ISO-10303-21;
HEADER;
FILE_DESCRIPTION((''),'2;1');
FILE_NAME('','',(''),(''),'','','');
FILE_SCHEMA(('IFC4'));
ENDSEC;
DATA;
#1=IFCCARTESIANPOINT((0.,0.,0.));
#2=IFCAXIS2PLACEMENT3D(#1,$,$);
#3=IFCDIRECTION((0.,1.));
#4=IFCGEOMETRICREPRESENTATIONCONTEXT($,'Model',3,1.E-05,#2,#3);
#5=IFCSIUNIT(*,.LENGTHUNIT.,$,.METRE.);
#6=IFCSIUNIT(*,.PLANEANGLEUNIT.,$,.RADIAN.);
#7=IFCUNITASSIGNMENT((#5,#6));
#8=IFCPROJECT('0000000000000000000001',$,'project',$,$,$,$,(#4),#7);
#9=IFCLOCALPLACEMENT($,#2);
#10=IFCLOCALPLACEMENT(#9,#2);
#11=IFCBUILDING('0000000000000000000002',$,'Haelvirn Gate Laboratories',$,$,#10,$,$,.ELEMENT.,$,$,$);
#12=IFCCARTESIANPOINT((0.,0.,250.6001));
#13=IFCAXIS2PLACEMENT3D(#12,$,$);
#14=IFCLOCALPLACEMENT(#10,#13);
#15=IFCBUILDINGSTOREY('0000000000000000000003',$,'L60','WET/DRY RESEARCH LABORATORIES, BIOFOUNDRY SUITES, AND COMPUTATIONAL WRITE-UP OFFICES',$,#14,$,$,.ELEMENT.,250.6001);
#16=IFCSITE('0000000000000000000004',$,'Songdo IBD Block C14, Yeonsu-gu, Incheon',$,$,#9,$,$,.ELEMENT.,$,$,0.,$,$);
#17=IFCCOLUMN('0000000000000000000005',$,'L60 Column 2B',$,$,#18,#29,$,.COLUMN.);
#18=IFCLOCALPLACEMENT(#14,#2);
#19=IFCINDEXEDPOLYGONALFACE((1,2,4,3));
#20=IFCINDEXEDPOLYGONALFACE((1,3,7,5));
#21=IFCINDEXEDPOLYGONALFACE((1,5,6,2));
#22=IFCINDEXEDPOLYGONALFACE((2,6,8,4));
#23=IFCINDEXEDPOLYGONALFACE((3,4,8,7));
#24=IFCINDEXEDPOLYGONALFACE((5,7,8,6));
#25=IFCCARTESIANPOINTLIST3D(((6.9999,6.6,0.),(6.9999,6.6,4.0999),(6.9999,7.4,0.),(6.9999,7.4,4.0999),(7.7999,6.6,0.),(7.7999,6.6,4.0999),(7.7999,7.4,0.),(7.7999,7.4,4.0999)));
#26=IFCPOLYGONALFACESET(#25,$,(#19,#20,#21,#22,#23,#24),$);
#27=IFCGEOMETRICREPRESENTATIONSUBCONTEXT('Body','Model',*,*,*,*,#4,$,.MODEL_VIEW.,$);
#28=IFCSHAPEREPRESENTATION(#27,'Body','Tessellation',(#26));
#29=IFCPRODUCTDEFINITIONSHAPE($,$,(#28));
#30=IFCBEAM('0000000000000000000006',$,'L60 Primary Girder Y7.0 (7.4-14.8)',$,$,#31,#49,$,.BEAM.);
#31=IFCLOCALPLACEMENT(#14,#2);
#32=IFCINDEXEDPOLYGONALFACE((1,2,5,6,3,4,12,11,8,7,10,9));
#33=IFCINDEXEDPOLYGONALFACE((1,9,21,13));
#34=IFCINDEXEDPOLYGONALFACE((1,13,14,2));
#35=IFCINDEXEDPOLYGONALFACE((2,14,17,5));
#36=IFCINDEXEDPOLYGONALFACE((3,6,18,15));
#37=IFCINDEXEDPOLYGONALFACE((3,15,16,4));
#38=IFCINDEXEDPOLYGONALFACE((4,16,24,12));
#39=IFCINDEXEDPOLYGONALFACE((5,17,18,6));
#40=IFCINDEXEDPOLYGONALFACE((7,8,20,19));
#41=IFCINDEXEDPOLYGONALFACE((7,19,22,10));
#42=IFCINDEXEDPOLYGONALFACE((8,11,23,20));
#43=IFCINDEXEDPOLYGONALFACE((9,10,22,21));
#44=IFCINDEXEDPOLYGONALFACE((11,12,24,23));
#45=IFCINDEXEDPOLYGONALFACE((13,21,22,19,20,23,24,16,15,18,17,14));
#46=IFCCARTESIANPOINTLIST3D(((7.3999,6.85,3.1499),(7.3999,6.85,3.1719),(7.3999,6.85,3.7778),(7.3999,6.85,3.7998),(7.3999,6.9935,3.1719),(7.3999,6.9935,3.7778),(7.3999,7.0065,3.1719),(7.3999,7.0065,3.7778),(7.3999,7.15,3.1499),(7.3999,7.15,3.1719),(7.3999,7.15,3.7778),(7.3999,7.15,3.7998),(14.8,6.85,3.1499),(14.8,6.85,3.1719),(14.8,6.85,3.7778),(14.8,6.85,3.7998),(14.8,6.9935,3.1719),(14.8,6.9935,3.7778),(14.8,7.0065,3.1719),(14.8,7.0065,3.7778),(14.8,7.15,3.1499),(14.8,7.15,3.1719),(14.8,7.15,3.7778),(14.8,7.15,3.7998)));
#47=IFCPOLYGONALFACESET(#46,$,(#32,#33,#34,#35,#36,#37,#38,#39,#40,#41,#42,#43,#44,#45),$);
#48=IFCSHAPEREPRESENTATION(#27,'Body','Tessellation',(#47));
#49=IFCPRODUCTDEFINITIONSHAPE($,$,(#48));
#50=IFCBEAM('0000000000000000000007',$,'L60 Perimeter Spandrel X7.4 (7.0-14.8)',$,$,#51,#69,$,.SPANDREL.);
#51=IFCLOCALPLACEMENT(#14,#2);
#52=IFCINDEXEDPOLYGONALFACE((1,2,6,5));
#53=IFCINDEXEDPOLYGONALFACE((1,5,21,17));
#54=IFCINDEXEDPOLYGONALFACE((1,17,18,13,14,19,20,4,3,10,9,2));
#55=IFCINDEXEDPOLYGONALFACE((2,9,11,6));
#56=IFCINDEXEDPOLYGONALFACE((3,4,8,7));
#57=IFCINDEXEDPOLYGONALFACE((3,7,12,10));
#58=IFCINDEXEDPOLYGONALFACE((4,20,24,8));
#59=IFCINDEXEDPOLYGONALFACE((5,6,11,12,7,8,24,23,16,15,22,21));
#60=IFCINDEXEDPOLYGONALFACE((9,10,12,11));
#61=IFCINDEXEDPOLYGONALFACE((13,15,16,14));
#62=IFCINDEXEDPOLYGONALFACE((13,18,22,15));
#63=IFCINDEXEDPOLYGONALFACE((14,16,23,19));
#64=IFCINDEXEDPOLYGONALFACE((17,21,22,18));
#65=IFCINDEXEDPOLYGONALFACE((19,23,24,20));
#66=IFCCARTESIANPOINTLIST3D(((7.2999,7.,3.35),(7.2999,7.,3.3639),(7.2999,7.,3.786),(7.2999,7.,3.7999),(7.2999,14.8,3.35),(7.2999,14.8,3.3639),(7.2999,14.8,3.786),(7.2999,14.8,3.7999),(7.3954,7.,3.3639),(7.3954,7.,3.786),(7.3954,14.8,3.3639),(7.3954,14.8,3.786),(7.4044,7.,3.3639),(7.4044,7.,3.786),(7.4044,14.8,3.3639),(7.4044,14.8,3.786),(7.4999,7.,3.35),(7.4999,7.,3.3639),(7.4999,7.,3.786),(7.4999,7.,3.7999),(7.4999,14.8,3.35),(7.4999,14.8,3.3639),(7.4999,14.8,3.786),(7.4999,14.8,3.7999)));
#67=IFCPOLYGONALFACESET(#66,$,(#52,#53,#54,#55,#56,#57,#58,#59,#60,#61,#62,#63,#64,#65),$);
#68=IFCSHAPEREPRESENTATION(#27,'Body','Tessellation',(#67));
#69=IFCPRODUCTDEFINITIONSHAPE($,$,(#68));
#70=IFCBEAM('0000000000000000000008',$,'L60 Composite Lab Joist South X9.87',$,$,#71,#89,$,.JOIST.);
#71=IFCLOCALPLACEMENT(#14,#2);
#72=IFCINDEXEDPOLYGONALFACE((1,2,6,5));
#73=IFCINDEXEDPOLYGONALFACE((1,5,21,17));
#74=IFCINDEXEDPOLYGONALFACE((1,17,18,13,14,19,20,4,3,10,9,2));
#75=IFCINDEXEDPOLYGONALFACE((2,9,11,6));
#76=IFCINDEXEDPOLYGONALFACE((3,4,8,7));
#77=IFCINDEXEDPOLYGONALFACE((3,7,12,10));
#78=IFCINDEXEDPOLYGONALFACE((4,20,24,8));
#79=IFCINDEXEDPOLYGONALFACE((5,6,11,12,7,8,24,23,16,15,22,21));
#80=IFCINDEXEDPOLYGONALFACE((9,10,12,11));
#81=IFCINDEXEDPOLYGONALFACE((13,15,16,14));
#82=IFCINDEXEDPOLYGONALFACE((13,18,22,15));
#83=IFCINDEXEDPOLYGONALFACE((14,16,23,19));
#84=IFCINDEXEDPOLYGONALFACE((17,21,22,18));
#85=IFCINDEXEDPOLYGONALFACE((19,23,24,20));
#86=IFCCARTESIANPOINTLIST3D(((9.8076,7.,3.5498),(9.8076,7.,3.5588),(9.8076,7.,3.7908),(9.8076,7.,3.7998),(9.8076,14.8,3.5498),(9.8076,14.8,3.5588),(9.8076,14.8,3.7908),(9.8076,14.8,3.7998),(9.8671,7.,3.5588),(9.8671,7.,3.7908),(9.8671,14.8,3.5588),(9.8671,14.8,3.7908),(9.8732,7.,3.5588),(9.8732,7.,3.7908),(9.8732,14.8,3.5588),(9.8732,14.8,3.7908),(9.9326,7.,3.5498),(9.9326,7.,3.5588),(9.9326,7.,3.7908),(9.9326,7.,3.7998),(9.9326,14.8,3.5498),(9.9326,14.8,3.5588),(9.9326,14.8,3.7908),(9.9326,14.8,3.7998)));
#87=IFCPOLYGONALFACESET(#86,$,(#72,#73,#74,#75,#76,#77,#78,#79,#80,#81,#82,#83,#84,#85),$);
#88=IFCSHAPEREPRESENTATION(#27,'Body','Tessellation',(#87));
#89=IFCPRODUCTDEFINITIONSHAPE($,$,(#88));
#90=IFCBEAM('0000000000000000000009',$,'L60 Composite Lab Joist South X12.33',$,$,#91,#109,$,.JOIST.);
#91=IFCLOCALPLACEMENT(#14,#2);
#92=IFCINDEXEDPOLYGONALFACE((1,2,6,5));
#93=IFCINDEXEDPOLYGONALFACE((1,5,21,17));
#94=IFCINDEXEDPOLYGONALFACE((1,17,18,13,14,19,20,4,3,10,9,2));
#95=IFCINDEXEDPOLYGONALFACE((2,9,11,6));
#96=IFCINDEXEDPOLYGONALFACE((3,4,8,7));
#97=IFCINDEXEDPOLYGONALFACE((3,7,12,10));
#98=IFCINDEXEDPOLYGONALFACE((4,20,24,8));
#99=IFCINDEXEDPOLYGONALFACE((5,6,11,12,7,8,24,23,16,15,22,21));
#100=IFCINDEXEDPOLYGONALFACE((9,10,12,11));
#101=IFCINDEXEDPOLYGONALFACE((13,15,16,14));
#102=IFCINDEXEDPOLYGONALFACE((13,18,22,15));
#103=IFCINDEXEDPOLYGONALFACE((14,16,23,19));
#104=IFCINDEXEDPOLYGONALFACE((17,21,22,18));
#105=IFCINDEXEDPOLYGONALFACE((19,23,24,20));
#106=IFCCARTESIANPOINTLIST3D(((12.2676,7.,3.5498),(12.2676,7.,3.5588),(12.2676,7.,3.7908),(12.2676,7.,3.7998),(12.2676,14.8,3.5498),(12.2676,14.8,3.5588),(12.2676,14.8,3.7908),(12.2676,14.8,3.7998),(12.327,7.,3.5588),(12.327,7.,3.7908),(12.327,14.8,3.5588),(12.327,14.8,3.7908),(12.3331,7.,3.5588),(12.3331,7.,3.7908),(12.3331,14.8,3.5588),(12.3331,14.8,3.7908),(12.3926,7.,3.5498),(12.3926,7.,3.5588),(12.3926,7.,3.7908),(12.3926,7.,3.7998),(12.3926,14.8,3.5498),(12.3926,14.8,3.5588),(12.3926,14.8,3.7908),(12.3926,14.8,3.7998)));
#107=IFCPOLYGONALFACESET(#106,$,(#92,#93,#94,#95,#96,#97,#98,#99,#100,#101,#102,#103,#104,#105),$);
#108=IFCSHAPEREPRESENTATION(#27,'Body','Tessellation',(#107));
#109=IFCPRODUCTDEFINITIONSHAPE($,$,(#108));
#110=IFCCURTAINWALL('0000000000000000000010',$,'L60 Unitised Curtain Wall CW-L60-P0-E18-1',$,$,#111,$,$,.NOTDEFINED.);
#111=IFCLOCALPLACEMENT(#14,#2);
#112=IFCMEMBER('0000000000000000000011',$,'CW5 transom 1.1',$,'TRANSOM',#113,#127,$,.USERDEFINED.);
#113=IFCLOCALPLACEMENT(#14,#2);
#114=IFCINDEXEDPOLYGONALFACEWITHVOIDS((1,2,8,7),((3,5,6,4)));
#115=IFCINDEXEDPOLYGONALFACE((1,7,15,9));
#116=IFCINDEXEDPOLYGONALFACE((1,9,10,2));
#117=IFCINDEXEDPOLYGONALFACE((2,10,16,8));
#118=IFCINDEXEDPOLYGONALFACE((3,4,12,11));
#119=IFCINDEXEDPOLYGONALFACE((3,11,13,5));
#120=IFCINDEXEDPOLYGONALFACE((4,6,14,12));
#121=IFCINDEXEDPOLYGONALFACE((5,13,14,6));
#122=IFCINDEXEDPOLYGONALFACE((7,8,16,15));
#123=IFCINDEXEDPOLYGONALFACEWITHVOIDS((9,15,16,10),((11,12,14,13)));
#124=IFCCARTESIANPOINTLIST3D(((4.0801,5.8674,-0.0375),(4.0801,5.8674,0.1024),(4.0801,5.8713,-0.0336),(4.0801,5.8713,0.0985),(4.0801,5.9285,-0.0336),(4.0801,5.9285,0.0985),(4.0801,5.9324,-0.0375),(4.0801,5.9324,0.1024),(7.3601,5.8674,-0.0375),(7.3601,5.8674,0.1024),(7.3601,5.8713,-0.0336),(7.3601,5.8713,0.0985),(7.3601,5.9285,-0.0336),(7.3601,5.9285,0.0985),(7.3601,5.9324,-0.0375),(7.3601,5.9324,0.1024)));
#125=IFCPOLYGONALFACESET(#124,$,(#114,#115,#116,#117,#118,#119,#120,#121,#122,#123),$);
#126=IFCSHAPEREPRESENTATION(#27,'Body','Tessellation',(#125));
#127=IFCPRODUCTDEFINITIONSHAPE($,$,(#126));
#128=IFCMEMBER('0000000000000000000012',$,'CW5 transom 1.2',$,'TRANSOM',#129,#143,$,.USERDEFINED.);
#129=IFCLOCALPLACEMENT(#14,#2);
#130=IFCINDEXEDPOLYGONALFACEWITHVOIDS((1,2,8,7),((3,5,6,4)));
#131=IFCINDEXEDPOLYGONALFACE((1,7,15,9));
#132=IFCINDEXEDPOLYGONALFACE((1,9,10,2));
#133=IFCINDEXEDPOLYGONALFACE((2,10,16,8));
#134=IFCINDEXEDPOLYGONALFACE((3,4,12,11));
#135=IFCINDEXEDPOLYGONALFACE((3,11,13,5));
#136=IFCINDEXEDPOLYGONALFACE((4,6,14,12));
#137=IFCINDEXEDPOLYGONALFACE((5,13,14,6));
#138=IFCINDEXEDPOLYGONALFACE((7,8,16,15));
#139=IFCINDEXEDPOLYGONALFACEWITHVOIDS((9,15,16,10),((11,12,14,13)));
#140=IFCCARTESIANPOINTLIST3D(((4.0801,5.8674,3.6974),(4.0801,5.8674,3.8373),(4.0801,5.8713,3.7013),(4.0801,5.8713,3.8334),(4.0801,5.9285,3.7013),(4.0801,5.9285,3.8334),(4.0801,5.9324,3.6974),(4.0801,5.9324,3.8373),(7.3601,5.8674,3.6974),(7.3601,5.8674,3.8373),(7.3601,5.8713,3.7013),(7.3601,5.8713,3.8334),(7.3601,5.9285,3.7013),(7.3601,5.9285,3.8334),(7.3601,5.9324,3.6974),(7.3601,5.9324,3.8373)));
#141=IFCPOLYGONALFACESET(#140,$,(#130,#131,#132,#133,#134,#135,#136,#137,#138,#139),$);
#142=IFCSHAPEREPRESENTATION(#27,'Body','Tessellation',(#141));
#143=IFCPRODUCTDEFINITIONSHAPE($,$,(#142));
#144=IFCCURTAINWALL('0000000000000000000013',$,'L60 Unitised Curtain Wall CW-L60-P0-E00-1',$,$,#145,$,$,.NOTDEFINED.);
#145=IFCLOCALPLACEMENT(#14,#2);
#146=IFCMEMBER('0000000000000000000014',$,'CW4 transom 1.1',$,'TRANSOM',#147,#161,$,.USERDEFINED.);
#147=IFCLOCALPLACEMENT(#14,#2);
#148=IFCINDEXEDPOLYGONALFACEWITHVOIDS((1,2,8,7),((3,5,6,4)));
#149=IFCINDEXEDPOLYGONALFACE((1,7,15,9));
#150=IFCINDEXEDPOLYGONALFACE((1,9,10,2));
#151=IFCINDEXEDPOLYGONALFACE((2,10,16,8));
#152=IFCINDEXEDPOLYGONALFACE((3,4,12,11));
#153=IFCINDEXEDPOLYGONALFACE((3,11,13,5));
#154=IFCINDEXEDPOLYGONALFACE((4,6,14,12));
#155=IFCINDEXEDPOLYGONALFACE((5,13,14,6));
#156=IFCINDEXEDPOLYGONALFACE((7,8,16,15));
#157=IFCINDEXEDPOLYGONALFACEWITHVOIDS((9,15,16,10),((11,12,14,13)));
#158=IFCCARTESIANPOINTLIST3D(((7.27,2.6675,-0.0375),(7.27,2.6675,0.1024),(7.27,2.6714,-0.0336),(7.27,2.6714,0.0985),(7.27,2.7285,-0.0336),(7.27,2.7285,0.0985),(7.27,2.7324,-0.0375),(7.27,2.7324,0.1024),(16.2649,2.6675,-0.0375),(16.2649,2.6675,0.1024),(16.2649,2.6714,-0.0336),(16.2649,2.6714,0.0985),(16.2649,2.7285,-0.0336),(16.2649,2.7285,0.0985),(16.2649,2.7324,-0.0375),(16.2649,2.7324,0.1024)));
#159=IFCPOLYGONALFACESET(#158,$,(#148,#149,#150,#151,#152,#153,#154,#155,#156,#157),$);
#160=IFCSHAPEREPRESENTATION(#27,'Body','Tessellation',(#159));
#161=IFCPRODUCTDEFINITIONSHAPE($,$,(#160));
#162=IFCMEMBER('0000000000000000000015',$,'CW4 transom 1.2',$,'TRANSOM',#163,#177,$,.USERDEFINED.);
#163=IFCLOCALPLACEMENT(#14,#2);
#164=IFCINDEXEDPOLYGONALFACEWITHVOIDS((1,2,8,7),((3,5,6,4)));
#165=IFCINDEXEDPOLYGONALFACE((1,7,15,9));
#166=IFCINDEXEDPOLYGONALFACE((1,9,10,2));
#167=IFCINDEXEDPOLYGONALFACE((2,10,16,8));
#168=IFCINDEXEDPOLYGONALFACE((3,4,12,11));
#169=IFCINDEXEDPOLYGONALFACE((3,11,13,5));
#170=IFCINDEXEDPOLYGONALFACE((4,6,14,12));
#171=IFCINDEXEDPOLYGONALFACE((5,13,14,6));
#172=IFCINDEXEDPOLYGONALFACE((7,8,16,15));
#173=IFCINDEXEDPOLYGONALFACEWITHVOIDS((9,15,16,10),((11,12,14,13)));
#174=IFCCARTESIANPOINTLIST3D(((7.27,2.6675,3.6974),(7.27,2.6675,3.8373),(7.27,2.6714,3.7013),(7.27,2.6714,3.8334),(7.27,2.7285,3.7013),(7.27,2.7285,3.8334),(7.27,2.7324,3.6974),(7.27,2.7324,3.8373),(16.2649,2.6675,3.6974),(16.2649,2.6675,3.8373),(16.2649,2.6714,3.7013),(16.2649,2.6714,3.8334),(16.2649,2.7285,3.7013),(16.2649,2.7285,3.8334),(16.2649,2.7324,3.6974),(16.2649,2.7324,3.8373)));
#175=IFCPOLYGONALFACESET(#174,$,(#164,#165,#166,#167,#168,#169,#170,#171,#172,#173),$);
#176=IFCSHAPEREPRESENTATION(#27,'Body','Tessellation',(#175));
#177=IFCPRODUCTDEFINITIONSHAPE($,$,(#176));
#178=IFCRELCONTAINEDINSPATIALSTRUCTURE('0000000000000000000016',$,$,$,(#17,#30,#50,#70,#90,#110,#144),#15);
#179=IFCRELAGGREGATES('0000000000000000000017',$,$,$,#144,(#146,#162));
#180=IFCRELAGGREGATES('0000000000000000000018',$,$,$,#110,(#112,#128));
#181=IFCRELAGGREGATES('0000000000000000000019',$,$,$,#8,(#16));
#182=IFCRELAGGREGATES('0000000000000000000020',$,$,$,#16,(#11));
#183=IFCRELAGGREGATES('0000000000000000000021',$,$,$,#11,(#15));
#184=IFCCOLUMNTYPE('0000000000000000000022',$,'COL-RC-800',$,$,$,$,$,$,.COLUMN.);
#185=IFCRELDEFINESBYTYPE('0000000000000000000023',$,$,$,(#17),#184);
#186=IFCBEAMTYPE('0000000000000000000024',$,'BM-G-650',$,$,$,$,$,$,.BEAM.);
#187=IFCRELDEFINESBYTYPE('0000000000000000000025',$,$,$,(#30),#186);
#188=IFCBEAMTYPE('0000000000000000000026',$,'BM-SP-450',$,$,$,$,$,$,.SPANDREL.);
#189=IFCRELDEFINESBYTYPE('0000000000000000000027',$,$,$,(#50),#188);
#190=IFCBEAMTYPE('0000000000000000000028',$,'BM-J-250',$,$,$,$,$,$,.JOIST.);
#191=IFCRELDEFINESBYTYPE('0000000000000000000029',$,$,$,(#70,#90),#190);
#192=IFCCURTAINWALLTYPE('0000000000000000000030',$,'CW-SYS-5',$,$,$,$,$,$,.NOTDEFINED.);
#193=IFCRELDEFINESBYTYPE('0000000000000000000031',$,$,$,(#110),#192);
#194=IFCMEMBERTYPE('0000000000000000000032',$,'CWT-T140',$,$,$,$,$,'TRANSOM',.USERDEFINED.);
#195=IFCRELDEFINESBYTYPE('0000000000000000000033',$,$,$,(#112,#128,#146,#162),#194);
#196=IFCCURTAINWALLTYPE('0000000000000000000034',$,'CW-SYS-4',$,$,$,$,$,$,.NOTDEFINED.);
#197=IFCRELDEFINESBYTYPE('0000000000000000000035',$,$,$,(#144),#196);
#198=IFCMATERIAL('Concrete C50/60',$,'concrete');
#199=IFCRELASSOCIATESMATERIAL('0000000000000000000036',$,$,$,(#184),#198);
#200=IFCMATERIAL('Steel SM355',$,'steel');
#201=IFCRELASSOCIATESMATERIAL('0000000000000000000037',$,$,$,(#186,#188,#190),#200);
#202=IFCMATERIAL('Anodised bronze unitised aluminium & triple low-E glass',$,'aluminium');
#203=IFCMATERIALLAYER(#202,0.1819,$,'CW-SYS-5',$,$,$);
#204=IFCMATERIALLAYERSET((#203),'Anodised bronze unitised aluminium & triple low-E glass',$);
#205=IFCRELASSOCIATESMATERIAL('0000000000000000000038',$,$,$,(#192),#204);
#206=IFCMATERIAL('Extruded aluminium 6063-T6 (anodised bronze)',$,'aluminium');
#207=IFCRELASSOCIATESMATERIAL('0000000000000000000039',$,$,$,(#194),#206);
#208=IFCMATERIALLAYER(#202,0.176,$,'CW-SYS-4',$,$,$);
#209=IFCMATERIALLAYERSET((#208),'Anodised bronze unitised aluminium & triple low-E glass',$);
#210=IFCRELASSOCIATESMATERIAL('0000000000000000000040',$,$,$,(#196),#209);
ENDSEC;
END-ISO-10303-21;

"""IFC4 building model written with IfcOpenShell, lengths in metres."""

from ifc_helpers import new_model, si_unit, direction, frame, origin, origin_2d, place, context, subcontext, project, spatial, rectangle, hollow_rectangle, i_section, extrude, source, transform, mapped, material, layer, layer_set, material_profile, profile_set, type_object, type_shapes, element, aggregate, save


model = new_model("IFC4")

# Units and contexts
model_context = context("Model", 3, precision=1e-05, world=origin(), true_north=direction((0.0, 1.0)))
body_context = subcontext(model_context, "Body", "Model", "MODEL_VIEW")
ifc_project = project(units=[si_unit("LENGTHUNIT", "METRE"), si_unit("PLANEANGLEUNIT", "RADIAN")], contexts=[model_context])

# Site, building, storey
site_placement = place(None, origin())
site = spatial("IfcSite", under=ifc_project, at=site_placement, Name="Songdo IBD Block C14, Yeonsu-gu, Incheon", CompositionType="ELEMENT", RefElevation=0.0)
building_placement = place(site_placement, origin())
building = spatial("IfcBuilding", under=site, at=building_placement, Name="Haelvirn Gate Laboratories", CompositionType="ELEMENT")
storey_placement = place(building_placement, frame((0.0, 0.0, 250.6001)))
storey = spatial("IfcBuildingStorey", under=building, at=storey_placement, Name="L60", Description="WET/DRY RESEARCH LABORATORIES, BIOFOUNDRY SUITES, AND COMPUTATIONAL WRITE-UP OFFICES", CompositionType="ELEMENT", Elevation=250.6001)

# Column
ifc_material_1 = material(Name="Concrete C50/60", Category="concrete")
ifc_material_profile_1 = material_profile(ifc_material_1, rectangle(XDim=0.8, YDim=0.8, at=origin_2d()), Name="RC-800x800")
ifc_profile_set_1 = profile_set([ifc_material_profile_1], Name="Concrete C50/60")
column_type = type_object("IfcColumnType", Name="COL-RC-800", PredefinedType="COLUMN", material=ifc_profile_set_1)
shared_shape_1 = source(origin(), body_context, "Body", "SweptSolid", [
    extrude(rectangle(XDim=0.8, YDim=0.8, at=origin_2d()), origin(), (0.0, 0.0, 1.0), 4.0999),
])
type_shapes(column_type, [shared_shape_1])
column_placement = place(storey_placement, frame((7.3999, 7.0, 0.0), z_axis=(0.0, 0.0, 1.0), x_axis=(1.0, 0.0, 0.0)))
element("IfcColumn", 1, at=column_placement, inside=storey, type_object=column_type, Name="L60 Column 2B", PredefinedType="COLUMN", context=body_context, shape_type="MappedRepresentation", body=[
    mapped(shared_shape_1, transform((0.0, 0.0, 0.0), scale=1.0)),
])

# Beams
ifc_material_2 = material(Name="Steel SM355", Category="steel")
ifc_material_profile_2 = material_profile(ifc_material_2, i_section(OverallWidth=0.3, OverallDepth=0.6499, WebThickness=0.0129, FlangeThickness=0.022, at=origin_2d()), Name="H-650x300x13x22")
ifc_profile_set_2 = profile_set([ifc_material_profile_2], Name="Steel SM355")
beam_type_1 = type_object("IfcBeamType", Name="BM-G-650", PredefinedType="BEAM", material=ifc_profile_set_2)
shared_shape_2 = source(origin(), body_context, "Body", "SweptSolid", [
    extrude(i_section(OverallWidth=0.3, OverallDepth=0.6499, WebThickness=0.0129, FlangeThickness=0.022, at=origin_2d()), origin(), (0.0, 0.0, 1.0), 7.4001),
])
type_shapes(beam_type_1, [shared_shape_2])
beam_1_placement = place(storey_placement, frame((7.3999, 7.0, 3.4749), z_axis=(1.0, 0.0, 0.0), x_axis=(0.0, 1.0, 0.0)))
element("IfcBeam", 2, at=beam_1_placement, inside=storey, type_object=beam_type_1, Name="L60 Primary Girder Y7.0 (7.4-14.8)", PredefinedType="BEAM", context=body_context, shape_type="MappedRepresentation", body=[
    mapped(shared_shape_2, transform((0.0, 0.0, 0.0), scale=1.0)),
])
ifc_material_profile_3 = material_profile(ifc_material_2, i_section(OverallWidth=0.2, OverallDepth=0.45, WebThickness=0.009, FlangeThickness=0.0139, at=origin_2d()), Name="H-450x200x9x14")
ifc_profile_set_3 = profile_set([ifc_material_profile_3], Name="Steel SM355")
beam_type_2 = type_object("IfcBeamType", Name="BM-SP-450", PredefinedType="SPANDREL", material=ifc_profile_set_3)
shared_shape_3 = source(origin(), body_context, "Body", "SweptSolid", [
    extrude(i_section(OverallWidth=0.2, OverallDepth=0.45, WebThickness=0.009, FlangeThickness=0.0139, at=origin_2d()), origin(), (0.0, 0.0, 1.0), 7.8),
])
type_shapes(beam_type_2, [shared_shape_3])
beam_2_placement = place(storey_placement, frame((7.3999, 7.0, 3.575), z_axis=(0.0, 1.0, 0.0), x_axis=(-1.0, 0.0, 0.0)))
element("IfcBeam", 3, at=beam_2_placement, inside=storey, type_object=beam_type_2, Name="L60 Perimeter Spandrel X7.4 (7.0-14.8)", PredefinedType="SPANDREL", context=body_context, shape_type="MappedRepresentation", body=[
    mapped(shared_shape_3, transform((0.0, 0.0, 0.0), scale=1.0)),
])
ifc_material_profile_4 = material_profile(ifc_material_2, i_section(OverallWidth=0.125, OverallDepth=0.25, WebThickness=0.0061, FlangeThickness=0.009, at=origin_2d()), Name="H-250x125x6x9")
ifc_profile_set_4 = profile_set([ifc_material_profile_4], Name="Steel SM355")
beam_type_3 = type_object("IfcBeamType", Name="BM-J-250", PredefinedType="JOIST", material=ifc_profile_set_4)
shared_shape_4 = source(origin(), body_context, "Body", "SweptSolid", [
    extrude(i_section(OverallWidth=0.125, OverallDepth=0.25, WebThickness=0.0061, FlangeThickness=0.009, at=origin_2d()), origin(), (0.0, 0.0, 1.0), 7.8),
])
type_shapes(beam_type_3, [shared_shape_4])
for number, where, z_axis, x_axis, name in (
    (4, (9.8701, 7.0, 3.6748), (0.0, 1.0, 0.0), (-1.0, 0.0, 0.0), "L60 Composite Lab Joist South X9.87"),
    (5, (12.3301, 7.0, 3.6748), (0.0, 1.0, 0.0), (-1.0, 0.0, 0.0), "L60 Composite Lab Joist South X12.33"),
):
    element("IfcBeam", number, at=place(storey_placement, frame(where, z_axis=z_axis, x_axis=x_axis)), inside=storey, type_object=beam_type_3, Name=name, PredefinedType="JOIST", context=body_context, shape_type="MappedRepresentation", body=[
        mapped(shared_shape_4, transform((0.0, 0.0, 0.0), scale=1.0)),
    ])

# Curtain walls, members
ifc_material_3 = material(Name="Anodised bronze unitised aluminium & triple low-E glass", Category="aluminium")
ifc_layer_1 = layer(ifc_material_3, 0.1819, Name="CW-SYS-5")
ifc_layer_set_1 = layer_set([ifc_layer_1], Name="Anodised bronze unitised aluminium & triple low-E glass")
curtain_wall_type_1 = type_object("IfcCurtainWallType", Name="CW-SYS-5", PredefinedType="NOTDEFINED", material=ifc_layer_set_1)
curtain_wall_1_placement = place(storey_placement, origin())
curtain_wall_1 = element("IfcCurtainWall", 6, at=curtain_wall_1_placement, inside=storey, type_object=curtain_wall_type_1, Name="L60 Unitised Curtain Wall CW-L60-P0-E18-1", PredefinedType="NOTDEFINED")
ifc_material_4 = material(Name="Extruded aluminium 6063-T6 (anodised bronze)", Category="aluminium")
ifc_material_profile_5 = material_profile(ifc_material_4, hollow_rectangle(XDim=0.0649, YDim=0.1399, WallThickness=0.0039, at=origin_2d()), Name="CWT-140x65x4")
ifc_profile_set_5 = profile_set([ifc_material_profile_5], Name="Extruded aluminium 6063-T6 (anodised bronze)")
member_type_1 = type_object("IfcMemberType", Name="CWT-T140", ElementType="TRANSOM", PredefinedType="USERDEFINED", material=ifc_profile_set_5)
shared_shape_5 = source(origin(), body_context, "Body", "SweptSolid", [
    extrude(hollow_rectangle(XDim=0.0649, YDim=0.1399, WallThickness=0.0039, at=origin_2d()), origin(), (0.0, 0.0, 1.0), 3.28),
])
member_1_placement = place(storey_placement, frame((4.0801, 5.8999, 0.0325), z_axis=(1.0, 0.0, 0.0), x_axis=(0.0, 1.0, 0.0)))
member_1 = element("IfcMember", 7, at=member_1_placement, type_object=member_type_1, Name="CW5 transom 1.1", ObjectType="TRANSOM", PredefinedType="USERDEFINED", context=body_context, shape_type="MappedRepresentation", body=[
    mapped(shared_shape_5, transform((0.0, 0.0, 0.0), scale=1.0)),
])
member_2_placement = place(storey_placement, frame((4.0801, 5.8999, 3.7673), z_axis=(1.0, 0.0, 0.0), x_axis=(0.0, 1.0, 0.0)))
member_2 = element("IfcMember", 8, at=member_2_placement, type_object=member_type_1, Name="CW5 transom 1.2", ObjectType="TRANSOM", PredefinedType="USERDEFINED", context=body_context, shape_type="MappedRepresentation", body=[
    mapped(shared_shape_5, transform((0.0, 0.0, 0.0), scale=1.0)),
])
ifc_layer_2 = layer(ifc_material_3, 0.176, Name="CW-SYS-4")
ifc_layer_set_2 = layer_set([ifc_layer_2], Name="Anodised bronze unitised aluminium & triple low-E glass")
curtain_wall_type_2 = type_object("IfcCurtainWallType", Name="CW-SYS-4", PredefinedType="NOTDEFINED", material=ifc_layer_set_2)
curtain_wall_2_placement = place(storey_placement, origin())
curtain_wall_2 = element("IfcCurtainWall", 9, at=curtain_wall_2_placement, inside=storey, type_object=curtain_wall_type_2, Name="L60 Unitised Curtain Wall CW-L60-P0-E00-1", PredefinedType="NOTDEFINED")
shared_shape_6 = source(origin(), body_context, "Body", "SweptSolid", [
    extrude(hollow_rectangle(XDim=0.0649, YDim=0.1399, WallThickness=0.0039, at=origin_2d()), origin(), (0.0, 0.0, 1.0), 8.9949),
])
type_shapes(member_type_1, [shared_shape_5, shared_shape_6])
member_3_placement = place(storey_placement, frame((7.27, 2.7, 0.0325), z_axis=(1.0, 0.0, 0.0), x_axis=(0.0, 1.0, 0.0)))
member_3 = element("IfcMember", 10, at=member_3_placement, type_object=member_type_1, Name="CW4 transom 1.1", ObjectType="TRANSOM", PredefinedType="USERDEFINED", context=body_context, shape_type="MappedRepresentation", body=[
    mapped(shared_shape_6, transform((0.0, 0.0, 0.0), scale=1.0)),
])
member_4_placement = place(storey_placement, frame((7.27, 2.7, 3.7673), z_axis=(1.0, 0.0, 0.0), x_axis=(0.0, 1.0, 0.0)))
member_4 = element("IfcMember", 11, at=member_4_placement, type_object=member_type_1, Name="CW4 transom 1.2", ObjectType="TRANSOM", PredefinedType="USERDEFINED", context=body_context, shape_type="MappedRepresentation", body=[
    mapped(shared_shape_6, transform((0.0, 0.0, 0.0), scale=1.0)),
])

aggregate(curtain_wall_2, [member_3, member_4])
aggregate(curtain_wall_1, [member_1, member_2])

save(model, "model.ifc")
